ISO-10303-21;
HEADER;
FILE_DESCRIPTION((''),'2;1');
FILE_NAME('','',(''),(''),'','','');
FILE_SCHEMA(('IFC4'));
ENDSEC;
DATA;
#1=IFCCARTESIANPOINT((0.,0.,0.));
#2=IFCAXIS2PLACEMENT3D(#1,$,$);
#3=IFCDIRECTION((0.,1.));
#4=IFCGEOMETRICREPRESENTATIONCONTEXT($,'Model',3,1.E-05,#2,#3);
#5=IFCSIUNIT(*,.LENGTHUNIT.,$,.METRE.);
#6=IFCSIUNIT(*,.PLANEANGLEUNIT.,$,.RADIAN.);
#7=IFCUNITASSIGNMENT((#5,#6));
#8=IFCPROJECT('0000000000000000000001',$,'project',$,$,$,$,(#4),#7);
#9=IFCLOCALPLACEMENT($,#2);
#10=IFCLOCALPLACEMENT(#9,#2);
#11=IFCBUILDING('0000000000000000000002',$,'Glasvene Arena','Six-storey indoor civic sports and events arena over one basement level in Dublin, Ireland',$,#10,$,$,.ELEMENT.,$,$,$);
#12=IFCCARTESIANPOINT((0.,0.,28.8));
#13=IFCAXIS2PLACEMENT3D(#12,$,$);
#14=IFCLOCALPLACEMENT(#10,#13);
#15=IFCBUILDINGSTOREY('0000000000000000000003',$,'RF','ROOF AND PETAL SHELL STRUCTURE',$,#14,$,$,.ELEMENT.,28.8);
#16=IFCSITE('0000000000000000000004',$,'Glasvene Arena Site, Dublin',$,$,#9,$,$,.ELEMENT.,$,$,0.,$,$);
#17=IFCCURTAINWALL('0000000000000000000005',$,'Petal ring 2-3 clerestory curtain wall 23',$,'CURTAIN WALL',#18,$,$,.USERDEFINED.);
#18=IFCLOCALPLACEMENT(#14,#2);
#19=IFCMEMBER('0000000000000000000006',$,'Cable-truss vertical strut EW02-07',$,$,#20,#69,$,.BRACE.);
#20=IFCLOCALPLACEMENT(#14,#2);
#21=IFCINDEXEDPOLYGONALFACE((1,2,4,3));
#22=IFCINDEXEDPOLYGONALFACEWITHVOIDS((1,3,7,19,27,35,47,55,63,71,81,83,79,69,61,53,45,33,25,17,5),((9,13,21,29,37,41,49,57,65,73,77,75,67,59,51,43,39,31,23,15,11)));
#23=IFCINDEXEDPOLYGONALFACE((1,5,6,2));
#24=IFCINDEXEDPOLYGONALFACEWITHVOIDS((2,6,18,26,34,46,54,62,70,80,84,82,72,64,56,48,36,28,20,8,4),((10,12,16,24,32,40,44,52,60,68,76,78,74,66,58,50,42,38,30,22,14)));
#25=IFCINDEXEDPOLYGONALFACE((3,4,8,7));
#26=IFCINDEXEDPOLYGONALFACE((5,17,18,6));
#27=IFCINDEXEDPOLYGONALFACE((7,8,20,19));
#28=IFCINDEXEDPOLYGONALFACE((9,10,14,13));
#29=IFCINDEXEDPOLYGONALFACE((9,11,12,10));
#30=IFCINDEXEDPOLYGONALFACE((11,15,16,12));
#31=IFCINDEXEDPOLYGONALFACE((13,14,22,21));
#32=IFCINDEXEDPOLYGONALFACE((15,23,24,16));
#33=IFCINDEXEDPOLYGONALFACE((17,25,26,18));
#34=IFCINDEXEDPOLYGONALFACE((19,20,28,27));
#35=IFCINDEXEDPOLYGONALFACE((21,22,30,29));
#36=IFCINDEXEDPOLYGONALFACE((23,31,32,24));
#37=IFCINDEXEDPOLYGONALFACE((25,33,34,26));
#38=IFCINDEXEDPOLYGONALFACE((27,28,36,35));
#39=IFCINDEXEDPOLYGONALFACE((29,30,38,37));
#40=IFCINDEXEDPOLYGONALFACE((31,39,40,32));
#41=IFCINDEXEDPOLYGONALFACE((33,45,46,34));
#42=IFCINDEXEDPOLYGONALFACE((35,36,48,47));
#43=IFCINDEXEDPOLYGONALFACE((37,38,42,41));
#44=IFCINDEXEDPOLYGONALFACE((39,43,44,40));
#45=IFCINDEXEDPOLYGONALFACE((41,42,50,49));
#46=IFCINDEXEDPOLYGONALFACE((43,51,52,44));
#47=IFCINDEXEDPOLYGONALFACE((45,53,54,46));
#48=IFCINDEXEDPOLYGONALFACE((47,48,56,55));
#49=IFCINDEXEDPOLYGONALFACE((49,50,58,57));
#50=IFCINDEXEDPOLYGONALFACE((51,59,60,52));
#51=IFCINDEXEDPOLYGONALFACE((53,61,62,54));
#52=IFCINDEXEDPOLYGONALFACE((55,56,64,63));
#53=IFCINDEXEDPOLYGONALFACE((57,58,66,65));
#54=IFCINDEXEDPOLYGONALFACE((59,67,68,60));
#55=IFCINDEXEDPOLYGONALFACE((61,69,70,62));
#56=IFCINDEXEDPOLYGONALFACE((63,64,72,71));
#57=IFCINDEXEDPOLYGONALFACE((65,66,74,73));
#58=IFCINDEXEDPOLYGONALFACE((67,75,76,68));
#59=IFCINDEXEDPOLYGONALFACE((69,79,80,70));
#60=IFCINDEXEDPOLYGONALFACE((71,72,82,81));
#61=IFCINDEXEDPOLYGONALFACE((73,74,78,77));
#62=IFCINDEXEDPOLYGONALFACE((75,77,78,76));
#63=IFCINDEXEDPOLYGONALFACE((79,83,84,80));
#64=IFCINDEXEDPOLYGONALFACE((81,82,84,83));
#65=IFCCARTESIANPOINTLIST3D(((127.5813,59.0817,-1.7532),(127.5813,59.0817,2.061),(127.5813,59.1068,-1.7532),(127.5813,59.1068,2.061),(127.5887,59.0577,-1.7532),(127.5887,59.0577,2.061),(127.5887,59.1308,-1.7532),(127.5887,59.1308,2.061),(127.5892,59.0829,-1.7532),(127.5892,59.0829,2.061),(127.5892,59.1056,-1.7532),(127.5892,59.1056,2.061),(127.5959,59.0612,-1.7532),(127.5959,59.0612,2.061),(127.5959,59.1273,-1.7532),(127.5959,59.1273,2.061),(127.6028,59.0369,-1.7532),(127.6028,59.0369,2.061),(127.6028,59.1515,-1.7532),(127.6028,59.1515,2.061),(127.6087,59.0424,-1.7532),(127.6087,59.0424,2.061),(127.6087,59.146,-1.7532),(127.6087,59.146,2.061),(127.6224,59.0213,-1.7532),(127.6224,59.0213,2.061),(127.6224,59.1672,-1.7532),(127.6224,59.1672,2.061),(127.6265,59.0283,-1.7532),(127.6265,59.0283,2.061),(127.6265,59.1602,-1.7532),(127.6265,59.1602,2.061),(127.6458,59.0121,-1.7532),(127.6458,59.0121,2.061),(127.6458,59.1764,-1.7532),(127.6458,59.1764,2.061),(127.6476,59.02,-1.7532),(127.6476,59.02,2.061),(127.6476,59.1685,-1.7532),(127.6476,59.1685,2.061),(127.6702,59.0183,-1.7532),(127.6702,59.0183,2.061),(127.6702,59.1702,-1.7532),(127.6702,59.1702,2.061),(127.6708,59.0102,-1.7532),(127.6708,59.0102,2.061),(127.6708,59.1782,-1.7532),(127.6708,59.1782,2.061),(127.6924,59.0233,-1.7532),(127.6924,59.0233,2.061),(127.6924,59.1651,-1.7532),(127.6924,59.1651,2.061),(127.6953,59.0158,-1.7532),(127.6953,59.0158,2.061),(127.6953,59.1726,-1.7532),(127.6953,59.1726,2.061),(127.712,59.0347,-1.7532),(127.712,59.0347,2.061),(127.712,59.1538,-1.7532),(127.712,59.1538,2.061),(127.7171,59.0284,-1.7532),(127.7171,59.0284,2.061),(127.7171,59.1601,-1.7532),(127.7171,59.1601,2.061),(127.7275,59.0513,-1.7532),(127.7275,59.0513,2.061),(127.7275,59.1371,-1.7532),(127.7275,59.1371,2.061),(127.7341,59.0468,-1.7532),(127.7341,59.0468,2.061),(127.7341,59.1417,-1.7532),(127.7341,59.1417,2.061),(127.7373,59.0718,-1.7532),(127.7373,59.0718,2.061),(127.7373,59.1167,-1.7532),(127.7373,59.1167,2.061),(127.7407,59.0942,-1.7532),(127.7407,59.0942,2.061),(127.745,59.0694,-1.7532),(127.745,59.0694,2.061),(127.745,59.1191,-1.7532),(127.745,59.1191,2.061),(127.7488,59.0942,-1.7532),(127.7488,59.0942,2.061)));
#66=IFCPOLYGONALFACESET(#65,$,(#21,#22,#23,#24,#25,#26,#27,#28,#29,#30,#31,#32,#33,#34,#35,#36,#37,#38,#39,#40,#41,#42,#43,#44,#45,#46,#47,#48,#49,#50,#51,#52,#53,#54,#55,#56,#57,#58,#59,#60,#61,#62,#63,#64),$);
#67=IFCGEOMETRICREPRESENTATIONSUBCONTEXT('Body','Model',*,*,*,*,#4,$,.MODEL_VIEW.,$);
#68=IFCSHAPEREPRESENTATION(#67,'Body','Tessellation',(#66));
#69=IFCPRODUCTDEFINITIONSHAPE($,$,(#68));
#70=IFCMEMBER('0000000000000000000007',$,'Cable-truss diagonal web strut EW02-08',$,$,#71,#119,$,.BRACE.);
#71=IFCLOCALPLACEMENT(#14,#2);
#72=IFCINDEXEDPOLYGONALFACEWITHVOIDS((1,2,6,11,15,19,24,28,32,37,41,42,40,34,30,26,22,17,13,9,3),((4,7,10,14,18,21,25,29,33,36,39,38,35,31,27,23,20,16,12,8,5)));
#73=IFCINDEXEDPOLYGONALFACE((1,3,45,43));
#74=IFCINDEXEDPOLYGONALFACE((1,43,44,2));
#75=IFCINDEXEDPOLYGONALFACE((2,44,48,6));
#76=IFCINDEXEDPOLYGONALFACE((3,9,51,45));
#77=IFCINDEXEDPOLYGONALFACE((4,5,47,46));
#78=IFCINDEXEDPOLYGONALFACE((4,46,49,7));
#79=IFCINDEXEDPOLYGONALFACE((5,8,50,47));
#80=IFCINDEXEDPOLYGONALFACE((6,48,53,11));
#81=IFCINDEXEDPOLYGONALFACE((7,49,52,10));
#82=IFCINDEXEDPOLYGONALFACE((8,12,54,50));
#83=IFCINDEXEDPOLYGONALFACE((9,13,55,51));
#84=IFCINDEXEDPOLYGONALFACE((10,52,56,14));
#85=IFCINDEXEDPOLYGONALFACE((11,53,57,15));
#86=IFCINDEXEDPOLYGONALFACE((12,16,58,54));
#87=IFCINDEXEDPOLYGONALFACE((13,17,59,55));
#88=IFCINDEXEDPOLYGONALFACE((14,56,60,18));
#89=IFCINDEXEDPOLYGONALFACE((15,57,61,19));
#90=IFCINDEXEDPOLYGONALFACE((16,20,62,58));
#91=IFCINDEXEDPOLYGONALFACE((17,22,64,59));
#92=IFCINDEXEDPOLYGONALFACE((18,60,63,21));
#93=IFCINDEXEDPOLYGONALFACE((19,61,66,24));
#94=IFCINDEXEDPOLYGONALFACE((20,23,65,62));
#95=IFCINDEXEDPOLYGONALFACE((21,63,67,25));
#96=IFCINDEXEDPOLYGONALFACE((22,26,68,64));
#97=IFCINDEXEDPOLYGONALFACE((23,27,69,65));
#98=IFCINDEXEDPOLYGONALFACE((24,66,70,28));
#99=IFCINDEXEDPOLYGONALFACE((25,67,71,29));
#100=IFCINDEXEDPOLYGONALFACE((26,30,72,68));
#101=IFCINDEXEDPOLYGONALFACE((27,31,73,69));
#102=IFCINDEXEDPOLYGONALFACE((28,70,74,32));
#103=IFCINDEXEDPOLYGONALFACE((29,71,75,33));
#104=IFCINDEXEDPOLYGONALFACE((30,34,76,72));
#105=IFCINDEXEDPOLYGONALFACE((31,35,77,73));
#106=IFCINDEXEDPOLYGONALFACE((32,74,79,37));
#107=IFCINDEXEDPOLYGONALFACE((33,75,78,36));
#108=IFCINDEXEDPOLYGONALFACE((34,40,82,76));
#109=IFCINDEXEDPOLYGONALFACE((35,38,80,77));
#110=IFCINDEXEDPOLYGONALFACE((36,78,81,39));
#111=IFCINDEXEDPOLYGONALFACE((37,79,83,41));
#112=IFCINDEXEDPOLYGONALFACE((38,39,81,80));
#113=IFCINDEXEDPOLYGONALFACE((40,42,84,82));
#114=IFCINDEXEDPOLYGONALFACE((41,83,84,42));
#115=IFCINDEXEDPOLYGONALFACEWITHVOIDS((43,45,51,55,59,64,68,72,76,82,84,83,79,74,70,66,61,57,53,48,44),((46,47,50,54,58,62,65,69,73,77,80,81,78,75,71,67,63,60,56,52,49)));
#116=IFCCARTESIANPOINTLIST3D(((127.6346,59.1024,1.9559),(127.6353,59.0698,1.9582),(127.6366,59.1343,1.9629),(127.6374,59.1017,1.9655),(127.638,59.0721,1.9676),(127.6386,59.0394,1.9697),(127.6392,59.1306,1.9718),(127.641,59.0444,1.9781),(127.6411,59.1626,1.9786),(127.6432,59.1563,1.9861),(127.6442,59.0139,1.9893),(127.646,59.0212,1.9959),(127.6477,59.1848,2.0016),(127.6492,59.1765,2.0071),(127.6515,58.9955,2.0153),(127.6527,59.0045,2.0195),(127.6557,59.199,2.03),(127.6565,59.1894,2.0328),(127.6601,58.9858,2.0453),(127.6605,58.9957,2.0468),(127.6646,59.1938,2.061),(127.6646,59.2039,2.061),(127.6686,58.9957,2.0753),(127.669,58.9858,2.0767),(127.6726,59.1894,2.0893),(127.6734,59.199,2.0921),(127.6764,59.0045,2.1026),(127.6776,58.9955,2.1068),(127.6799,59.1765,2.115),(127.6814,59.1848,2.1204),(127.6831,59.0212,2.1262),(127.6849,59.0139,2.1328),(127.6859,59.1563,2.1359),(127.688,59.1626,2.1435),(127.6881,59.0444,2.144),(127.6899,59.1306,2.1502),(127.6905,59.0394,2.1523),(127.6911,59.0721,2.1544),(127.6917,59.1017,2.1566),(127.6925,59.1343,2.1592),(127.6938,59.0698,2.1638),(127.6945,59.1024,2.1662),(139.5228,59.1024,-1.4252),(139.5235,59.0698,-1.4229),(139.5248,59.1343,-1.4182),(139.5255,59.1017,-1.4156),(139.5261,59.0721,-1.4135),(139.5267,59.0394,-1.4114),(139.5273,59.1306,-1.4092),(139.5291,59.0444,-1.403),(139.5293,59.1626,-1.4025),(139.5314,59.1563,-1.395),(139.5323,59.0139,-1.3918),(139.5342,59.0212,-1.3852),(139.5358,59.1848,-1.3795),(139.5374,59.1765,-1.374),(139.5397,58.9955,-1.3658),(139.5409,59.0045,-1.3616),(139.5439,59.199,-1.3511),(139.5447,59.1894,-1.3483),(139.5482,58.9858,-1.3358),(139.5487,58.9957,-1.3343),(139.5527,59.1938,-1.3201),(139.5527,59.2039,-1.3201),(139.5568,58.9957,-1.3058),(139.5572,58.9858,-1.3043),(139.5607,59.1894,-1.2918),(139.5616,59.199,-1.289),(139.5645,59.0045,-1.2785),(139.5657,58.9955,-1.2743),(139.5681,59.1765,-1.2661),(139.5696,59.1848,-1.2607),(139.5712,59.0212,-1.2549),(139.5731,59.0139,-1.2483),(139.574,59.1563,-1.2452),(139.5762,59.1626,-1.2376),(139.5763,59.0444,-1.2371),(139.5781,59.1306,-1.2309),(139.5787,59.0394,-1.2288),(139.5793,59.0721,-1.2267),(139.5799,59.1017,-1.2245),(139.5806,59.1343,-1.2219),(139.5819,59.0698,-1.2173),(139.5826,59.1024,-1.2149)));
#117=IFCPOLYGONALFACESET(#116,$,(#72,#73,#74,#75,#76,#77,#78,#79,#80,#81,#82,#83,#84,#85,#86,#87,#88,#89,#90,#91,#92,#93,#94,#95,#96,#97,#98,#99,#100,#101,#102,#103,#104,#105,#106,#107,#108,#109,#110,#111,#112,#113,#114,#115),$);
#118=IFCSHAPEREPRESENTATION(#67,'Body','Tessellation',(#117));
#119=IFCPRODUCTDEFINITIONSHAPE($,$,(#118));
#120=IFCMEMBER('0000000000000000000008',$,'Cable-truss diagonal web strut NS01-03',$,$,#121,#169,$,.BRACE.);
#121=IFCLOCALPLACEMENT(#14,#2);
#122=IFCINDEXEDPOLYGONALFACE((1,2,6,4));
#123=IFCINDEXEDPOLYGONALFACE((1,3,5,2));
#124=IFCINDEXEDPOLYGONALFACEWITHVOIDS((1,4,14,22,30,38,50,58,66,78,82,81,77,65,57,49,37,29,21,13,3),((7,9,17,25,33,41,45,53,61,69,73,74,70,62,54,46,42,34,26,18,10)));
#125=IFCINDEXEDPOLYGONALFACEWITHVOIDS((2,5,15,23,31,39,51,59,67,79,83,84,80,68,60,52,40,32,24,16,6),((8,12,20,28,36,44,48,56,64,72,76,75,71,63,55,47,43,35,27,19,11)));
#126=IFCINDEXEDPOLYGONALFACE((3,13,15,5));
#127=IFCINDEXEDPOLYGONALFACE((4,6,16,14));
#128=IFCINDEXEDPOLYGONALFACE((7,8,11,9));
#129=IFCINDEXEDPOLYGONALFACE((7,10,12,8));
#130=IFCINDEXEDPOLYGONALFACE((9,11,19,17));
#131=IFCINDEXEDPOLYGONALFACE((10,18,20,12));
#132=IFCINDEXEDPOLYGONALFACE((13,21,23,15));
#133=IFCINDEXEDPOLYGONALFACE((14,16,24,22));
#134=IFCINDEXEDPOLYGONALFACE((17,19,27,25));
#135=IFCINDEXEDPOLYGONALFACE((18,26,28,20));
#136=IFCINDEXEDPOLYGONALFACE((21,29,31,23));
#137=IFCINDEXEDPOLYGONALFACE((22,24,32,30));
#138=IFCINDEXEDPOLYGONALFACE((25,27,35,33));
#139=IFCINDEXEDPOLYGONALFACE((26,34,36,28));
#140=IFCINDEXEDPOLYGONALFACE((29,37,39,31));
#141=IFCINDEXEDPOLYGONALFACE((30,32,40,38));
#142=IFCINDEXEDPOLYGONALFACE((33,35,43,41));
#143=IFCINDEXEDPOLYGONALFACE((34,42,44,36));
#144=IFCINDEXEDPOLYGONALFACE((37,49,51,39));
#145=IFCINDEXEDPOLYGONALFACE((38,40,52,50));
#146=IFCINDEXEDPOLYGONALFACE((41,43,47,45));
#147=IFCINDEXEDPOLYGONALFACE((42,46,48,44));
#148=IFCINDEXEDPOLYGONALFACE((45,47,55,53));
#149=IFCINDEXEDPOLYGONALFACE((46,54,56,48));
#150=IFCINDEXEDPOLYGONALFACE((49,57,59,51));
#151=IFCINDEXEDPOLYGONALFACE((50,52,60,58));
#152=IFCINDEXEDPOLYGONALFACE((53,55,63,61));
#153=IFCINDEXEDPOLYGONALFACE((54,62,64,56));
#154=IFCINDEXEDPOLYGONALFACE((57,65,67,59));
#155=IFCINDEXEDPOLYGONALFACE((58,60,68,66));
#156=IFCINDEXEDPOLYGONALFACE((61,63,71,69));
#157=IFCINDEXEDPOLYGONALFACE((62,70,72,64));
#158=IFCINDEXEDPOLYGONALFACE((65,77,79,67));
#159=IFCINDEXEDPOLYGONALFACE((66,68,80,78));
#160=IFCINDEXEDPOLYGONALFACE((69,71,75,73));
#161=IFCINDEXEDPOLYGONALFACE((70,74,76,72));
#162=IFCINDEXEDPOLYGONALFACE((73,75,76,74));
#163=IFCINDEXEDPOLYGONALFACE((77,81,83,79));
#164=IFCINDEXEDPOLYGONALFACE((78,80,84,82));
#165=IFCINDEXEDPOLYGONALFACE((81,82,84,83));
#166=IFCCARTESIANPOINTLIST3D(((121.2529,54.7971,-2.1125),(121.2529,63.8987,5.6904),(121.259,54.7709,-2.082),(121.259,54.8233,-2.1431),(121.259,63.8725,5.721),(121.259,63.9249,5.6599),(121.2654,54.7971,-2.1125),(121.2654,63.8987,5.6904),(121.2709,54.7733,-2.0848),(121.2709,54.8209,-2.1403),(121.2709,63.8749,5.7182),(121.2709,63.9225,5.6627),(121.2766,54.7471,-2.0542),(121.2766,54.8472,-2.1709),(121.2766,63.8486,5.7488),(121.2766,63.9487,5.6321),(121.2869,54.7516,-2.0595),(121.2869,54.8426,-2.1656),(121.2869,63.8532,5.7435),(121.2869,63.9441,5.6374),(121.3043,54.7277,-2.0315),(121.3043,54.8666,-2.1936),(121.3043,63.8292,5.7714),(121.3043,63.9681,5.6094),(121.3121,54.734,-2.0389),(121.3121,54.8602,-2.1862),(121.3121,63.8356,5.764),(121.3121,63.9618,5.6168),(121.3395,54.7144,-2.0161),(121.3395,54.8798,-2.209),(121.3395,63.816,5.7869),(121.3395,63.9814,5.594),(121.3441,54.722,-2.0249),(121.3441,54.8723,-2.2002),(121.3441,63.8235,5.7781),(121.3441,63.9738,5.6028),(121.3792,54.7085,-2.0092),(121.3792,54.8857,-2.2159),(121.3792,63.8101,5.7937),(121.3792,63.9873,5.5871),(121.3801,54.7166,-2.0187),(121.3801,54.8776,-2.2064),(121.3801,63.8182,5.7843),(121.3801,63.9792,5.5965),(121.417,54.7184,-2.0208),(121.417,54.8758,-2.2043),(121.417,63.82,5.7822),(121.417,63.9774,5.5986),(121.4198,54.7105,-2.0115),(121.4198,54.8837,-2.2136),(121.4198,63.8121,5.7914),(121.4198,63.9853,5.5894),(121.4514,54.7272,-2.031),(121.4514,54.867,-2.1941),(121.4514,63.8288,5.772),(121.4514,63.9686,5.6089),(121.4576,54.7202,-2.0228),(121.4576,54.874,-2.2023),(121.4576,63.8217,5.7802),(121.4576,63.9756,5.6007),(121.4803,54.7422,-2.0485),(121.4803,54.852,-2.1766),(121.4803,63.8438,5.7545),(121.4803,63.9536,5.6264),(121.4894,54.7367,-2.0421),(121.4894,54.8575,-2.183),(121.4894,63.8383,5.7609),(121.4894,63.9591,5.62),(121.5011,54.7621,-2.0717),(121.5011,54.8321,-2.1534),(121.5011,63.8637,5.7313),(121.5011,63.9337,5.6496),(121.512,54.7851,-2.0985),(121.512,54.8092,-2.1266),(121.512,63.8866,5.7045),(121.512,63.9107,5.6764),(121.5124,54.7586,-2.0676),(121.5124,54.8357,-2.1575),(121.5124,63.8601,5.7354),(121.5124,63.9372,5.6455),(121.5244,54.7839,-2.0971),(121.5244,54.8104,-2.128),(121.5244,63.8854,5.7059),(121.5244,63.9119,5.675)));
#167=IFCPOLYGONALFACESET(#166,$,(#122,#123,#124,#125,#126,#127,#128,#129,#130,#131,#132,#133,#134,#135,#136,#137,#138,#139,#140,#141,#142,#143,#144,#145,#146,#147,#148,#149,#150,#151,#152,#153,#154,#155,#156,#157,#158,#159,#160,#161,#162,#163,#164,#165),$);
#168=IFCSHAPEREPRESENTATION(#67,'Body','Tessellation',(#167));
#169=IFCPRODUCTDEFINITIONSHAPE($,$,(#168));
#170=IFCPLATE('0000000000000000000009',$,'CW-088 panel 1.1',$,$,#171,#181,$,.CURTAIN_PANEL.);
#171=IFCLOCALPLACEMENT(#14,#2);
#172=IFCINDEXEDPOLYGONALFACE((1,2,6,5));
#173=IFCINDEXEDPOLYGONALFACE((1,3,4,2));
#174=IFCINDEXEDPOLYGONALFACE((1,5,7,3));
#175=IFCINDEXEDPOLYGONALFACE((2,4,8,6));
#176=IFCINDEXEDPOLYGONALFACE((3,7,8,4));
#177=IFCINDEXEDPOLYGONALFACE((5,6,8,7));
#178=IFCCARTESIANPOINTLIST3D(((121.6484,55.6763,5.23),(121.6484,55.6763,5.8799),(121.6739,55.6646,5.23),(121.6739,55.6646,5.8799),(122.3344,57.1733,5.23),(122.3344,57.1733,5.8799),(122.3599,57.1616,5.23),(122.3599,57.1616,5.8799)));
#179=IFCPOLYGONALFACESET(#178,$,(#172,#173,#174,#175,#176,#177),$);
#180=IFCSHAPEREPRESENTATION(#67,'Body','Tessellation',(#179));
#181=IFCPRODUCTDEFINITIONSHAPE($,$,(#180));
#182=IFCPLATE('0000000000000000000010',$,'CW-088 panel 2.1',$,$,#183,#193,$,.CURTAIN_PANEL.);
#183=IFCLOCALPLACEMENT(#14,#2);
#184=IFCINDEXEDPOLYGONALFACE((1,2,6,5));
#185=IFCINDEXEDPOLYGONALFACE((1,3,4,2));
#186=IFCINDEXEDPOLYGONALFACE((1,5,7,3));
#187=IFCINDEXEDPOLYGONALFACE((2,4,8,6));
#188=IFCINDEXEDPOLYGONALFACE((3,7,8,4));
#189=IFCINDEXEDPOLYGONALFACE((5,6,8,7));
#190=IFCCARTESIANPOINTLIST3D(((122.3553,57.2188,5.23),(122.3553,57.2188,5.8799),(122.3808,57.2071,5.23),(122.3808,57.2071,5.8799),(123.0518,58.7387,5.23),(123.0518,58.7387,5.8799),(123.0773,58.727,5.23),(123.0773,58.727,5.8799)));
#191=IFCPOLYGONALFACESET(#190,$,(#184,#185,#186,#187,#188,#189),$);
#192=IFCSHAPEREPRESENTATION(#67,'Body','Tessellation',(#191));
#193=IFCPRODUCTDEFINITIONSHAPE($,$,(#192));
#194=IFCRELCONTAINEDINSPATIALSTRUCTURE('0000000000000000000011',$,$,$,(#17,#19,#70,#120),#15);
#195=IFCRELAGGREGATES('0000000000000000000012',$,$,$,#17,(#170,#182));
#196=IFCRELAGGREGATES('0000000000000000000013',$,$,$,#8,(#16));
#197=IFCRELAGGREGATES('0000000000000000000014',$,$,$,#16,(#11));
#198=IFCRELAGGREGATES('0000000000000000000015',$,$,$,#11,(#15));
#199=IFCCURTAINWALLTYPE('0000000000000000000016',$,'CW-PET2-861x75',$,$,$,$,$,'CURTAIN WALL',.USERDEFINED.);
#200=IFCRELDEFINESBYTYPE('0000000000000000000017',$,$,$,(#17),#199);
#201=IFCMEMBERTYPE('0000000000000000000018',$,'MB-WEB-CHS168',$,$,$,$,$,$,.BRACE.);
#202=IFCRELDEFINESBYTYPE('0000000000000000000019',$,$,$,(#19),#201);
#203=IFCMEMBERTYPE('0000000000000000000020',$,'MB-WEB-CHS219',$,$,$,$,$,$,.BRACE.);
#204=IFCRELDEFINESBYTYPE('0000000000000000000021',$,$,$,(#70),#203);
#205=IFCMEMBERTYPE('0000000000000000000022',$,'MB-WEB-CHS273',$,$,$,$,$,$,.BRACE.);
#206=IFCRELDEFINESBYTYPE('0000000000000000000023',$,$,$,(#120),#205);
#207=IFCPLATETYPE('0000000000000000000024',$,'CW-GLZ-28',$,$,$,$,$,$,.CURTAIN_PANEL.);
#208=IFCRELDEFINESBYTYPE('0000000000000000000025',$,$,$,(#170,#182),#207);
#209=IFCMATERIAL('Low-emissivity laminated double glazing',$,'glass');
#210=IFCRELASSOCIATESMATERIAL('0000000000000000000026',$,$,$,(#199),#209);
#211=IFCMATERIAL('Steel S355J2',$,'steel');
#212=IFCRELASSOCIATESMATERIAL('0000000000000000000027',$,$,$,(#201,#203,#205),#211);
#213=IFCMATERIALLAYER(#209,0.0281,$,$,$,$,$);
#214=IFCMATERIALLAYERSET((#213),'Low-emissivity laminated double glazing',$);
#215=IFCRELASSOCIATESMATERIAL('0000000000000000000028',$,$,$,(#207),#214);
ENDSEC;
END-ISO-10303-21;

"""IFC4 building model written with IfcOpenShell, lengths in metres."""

from ifc_helpers import new_model, si_unit, direction, frame, origin, origin_2d, place, context, subcontext, project, spatial, rectangle, hollow_circle, extrude, material, layer, layer_set, material_profile, profile_set, type_object, element, aggregate, save


model = new_model("IFC4")

# Units and contexts
model_context = context("Model", 3, precision=1e-05, world=origin(), true_north=direction((0.0, 1.0)))
body_context = subcontext(model_context, "Body", "Model", "MODEL_VIEW")
ifc_project = project(units=[si_unit("LENGTHUNIT", "METRE"), si_unit("PLANEANGLEUNIT", "RADIAN")], contexts=[model_context])

# Site, building, storey
site_placement = place(None, origin())
site = spatial("IfcSite", under=ifc_project, at=site_placement, Name="Glasvene Arena Site, Dublin", CompositionType="ELEMENT", RefElevation=0.0)
building_placement = place(site_placement, origin())
building = spatial("IfcBuilding", under=site, at=building_placement, Name="Glasvene Arena", Description="Six-storey indoor civic sports and events arena over one basement level in Dublin, Ireland", CompositionType="ELEMENT")
storey_placement = place(building_placement, frame((0.0, 0.0, 28.8)))
storey = spatial("IfcBuildingStorey", under=building, at=storey_placement, Name="RF", Description="ROOF AND PETAL SHELL STRUCTURE", CompositionType="ELEMENT", Elevation=28.8)

# Shared definitions
ifc_material_1 = material(Name="Low-emissivity laminated double glazing", Category="glass")

# Curtain wall
curtain_wall_type_1 = type_object("IfcCurtainWallType", Name="CW-PET2-861x75", ElementType="CURTAIN WALL", PredefinedType="USERDEFINED", material=ifc_material_1)
curtain_wall_1_placement = place(storey_placement, frame((121.6404, 55.625, 0.0)))
curtain_wall_1 = element("IfcCurtainWall", 1, at=curtain_wall_1_placement, inside=storey, type_object=curtain_wall_type_1, Name="Petal ring 2-3 clerestory curtain wall 23", ObjectType="CURTAIN WALL", PredefinedType="USERDEFINED")

# Members
ifc_material_2 = material(Name="Steel S355J2", Category="steel")
ifc_material_profile_1 = material_profile(ifc_material_2, hollow_circle(Radius=0.0842, WallThickness=0.0081, at=origin_2d()), Name="CHS 168.3x8.0")
ifc_profile_set_1 = profile_set([ifc_material_profile_1], Name="Steel S355J2")
member_type_1 = type_object("IfcMemberType", Name="MB-WEB-CHS168", PredefinedType="BRACE", material=ifc_profile_set_1)
member_1_placement = place(storey_placement, frame((127.6646, 59.0942, -1.7532), z_axis=(0.0, 0.0, 1.0), x_axis=(1.0, 0.0, 0.0)))
element("IfcMember", 2, at=member_1_placement, inside=storey, type_object=member_type_1, Name="Cable-truss vertical strut EW02-07", PredefinedType="BRACE", context=body_context, shape_type="SweptSolid", body=[
    extrude(hollow_circle(Radius=0.0842, WallThickness=0.0081, at=origin_2d()), origin(), (0.0, 0.0, 1.0), 3.8142),
])
ifc_material_profile_2 = material_profile(ifc_material_2, hollow_circle(Radius=0.1096, WallThickness=0.01, at=origin_2d()), Name="CHS 219.1x10.0")
ifc_profile_set_2 = profile_set([ifc_material_profile_2], Name="Steel S355J2")
member_type_2 = type_object("IfcMemberType", Name="MB-WEB-CHS219", PredefinedType="BRACE", material=ifc_profile_set_2)
member_2_placement = place(storey_placement, frame((127.6646, 59.0942, 2.061), z_axis=(0.961855, 0.0, -0.27356), x_axis=(0.0, 1.0, 0.0)))
element("IfcMember", 3, at=member_2_placement, inside=storey, type_object=member_type_2, Name="Cable-truss diagonal web strut EW02-08", PredefinedType="BRACE", context=body_context, shape_type="SweptSolid", body=[
    extrude(hollow_circle(Radius=0.1096, WallThickness=0.01, at=origin_2d()), origin(), (0.0, 0.0, 1.0), 12.3596),
])
ifc_material_profile_3 = material_profile(ifc_material_2, hollow_circle(Radius=0.1365, WallThickness=0.0125, at=origin_2d()), Name="CHS 273.0x12.5")
ifc_profile_set_3 = profile_set([ifc_material_profile_3], Name="Steel S355J2")
member_type_3 = type_object("IfcMemberType", Name="MB-WEB-CHS273", PredefinedType="BRACE", material=ifc_profile_set_3)
member_3_placement = place(storey_placement, frame((121.3894, 54.7971, -2.1125), z_axis=(0.0, 0.759189, 0.65087), x_axis=(-1.0, 0.0, 0.0)))
element("IfcMember", 4, at=member_3_placement, inside=storey, type_object=member_type_3, Name="Cable-truss diagonal web strut NS01-03", PredefinedType="BRACE", context=body_context, shape_type="SweptSolid", body=[
    extrude(hollow_circle(Radius=0.1365, WallThickness=0.0125, at=origin_2d()), origin(), (0.0, 0.0, 1.0), 11.9885),
])

# Plates
ifc_layer_1 = layer(ifc_material_1, 0.0281)
ifc_layer_set_1 = layer_set([ifc_layer_1], Name="Low-emissivity laminated double glazing")
plate_type_1 = type_object("IfcPlateType", Name="CW-GLZ-28", PredefinedType="CURTAIN_PANEL", material=ifc_layer_set_1)
plate_1_placement = place(storey_placement, frame((122.0042, 56.4189, 5.23), z_axis=(0.0, 0.0, 1.0), x_axis=(0.416592, 0.909094, 0.0)))
plate_1 = element("IfcPlate", 5, at=plate_1_placement, type_object=plate_type_1, Name="CW-088 panel 1.1", PredefinedType="CURTAIN_PANEL", context=body_context, shape_type="SweptSolid", body=[
    extrude(rectangle(XDim=1.6467, YDim=0.0281, at=origin_2d()), origin(), (0.0, 0.0, 1.0), 0.6499),
])
plate_2_placement = place(storey_placement, frame((122.7163, 57.9729, 5.23), z_axis=(0.0, 0.0, 1.0), x_axis=(0.416592, 0.909094, 0.0)))
plate_2 = element("IfcPlate", 6, at=plate_2_placement, type_object=plate_type_1, Name="CW-088 panel 2.1", PredefinedType="CURTAIN_PANEL", context=body_context, shape_type="SweptSolid", body=[
    extrude(rectangle(XDim=1.6719, YDim=0.0281, at=origin_2d()), origin(), (0.0, 0.0, 1.0), 0.6499),
])
aggregate(curtain_wall_1, [plate_1, plate_2])

save(model, "model.ifc")
